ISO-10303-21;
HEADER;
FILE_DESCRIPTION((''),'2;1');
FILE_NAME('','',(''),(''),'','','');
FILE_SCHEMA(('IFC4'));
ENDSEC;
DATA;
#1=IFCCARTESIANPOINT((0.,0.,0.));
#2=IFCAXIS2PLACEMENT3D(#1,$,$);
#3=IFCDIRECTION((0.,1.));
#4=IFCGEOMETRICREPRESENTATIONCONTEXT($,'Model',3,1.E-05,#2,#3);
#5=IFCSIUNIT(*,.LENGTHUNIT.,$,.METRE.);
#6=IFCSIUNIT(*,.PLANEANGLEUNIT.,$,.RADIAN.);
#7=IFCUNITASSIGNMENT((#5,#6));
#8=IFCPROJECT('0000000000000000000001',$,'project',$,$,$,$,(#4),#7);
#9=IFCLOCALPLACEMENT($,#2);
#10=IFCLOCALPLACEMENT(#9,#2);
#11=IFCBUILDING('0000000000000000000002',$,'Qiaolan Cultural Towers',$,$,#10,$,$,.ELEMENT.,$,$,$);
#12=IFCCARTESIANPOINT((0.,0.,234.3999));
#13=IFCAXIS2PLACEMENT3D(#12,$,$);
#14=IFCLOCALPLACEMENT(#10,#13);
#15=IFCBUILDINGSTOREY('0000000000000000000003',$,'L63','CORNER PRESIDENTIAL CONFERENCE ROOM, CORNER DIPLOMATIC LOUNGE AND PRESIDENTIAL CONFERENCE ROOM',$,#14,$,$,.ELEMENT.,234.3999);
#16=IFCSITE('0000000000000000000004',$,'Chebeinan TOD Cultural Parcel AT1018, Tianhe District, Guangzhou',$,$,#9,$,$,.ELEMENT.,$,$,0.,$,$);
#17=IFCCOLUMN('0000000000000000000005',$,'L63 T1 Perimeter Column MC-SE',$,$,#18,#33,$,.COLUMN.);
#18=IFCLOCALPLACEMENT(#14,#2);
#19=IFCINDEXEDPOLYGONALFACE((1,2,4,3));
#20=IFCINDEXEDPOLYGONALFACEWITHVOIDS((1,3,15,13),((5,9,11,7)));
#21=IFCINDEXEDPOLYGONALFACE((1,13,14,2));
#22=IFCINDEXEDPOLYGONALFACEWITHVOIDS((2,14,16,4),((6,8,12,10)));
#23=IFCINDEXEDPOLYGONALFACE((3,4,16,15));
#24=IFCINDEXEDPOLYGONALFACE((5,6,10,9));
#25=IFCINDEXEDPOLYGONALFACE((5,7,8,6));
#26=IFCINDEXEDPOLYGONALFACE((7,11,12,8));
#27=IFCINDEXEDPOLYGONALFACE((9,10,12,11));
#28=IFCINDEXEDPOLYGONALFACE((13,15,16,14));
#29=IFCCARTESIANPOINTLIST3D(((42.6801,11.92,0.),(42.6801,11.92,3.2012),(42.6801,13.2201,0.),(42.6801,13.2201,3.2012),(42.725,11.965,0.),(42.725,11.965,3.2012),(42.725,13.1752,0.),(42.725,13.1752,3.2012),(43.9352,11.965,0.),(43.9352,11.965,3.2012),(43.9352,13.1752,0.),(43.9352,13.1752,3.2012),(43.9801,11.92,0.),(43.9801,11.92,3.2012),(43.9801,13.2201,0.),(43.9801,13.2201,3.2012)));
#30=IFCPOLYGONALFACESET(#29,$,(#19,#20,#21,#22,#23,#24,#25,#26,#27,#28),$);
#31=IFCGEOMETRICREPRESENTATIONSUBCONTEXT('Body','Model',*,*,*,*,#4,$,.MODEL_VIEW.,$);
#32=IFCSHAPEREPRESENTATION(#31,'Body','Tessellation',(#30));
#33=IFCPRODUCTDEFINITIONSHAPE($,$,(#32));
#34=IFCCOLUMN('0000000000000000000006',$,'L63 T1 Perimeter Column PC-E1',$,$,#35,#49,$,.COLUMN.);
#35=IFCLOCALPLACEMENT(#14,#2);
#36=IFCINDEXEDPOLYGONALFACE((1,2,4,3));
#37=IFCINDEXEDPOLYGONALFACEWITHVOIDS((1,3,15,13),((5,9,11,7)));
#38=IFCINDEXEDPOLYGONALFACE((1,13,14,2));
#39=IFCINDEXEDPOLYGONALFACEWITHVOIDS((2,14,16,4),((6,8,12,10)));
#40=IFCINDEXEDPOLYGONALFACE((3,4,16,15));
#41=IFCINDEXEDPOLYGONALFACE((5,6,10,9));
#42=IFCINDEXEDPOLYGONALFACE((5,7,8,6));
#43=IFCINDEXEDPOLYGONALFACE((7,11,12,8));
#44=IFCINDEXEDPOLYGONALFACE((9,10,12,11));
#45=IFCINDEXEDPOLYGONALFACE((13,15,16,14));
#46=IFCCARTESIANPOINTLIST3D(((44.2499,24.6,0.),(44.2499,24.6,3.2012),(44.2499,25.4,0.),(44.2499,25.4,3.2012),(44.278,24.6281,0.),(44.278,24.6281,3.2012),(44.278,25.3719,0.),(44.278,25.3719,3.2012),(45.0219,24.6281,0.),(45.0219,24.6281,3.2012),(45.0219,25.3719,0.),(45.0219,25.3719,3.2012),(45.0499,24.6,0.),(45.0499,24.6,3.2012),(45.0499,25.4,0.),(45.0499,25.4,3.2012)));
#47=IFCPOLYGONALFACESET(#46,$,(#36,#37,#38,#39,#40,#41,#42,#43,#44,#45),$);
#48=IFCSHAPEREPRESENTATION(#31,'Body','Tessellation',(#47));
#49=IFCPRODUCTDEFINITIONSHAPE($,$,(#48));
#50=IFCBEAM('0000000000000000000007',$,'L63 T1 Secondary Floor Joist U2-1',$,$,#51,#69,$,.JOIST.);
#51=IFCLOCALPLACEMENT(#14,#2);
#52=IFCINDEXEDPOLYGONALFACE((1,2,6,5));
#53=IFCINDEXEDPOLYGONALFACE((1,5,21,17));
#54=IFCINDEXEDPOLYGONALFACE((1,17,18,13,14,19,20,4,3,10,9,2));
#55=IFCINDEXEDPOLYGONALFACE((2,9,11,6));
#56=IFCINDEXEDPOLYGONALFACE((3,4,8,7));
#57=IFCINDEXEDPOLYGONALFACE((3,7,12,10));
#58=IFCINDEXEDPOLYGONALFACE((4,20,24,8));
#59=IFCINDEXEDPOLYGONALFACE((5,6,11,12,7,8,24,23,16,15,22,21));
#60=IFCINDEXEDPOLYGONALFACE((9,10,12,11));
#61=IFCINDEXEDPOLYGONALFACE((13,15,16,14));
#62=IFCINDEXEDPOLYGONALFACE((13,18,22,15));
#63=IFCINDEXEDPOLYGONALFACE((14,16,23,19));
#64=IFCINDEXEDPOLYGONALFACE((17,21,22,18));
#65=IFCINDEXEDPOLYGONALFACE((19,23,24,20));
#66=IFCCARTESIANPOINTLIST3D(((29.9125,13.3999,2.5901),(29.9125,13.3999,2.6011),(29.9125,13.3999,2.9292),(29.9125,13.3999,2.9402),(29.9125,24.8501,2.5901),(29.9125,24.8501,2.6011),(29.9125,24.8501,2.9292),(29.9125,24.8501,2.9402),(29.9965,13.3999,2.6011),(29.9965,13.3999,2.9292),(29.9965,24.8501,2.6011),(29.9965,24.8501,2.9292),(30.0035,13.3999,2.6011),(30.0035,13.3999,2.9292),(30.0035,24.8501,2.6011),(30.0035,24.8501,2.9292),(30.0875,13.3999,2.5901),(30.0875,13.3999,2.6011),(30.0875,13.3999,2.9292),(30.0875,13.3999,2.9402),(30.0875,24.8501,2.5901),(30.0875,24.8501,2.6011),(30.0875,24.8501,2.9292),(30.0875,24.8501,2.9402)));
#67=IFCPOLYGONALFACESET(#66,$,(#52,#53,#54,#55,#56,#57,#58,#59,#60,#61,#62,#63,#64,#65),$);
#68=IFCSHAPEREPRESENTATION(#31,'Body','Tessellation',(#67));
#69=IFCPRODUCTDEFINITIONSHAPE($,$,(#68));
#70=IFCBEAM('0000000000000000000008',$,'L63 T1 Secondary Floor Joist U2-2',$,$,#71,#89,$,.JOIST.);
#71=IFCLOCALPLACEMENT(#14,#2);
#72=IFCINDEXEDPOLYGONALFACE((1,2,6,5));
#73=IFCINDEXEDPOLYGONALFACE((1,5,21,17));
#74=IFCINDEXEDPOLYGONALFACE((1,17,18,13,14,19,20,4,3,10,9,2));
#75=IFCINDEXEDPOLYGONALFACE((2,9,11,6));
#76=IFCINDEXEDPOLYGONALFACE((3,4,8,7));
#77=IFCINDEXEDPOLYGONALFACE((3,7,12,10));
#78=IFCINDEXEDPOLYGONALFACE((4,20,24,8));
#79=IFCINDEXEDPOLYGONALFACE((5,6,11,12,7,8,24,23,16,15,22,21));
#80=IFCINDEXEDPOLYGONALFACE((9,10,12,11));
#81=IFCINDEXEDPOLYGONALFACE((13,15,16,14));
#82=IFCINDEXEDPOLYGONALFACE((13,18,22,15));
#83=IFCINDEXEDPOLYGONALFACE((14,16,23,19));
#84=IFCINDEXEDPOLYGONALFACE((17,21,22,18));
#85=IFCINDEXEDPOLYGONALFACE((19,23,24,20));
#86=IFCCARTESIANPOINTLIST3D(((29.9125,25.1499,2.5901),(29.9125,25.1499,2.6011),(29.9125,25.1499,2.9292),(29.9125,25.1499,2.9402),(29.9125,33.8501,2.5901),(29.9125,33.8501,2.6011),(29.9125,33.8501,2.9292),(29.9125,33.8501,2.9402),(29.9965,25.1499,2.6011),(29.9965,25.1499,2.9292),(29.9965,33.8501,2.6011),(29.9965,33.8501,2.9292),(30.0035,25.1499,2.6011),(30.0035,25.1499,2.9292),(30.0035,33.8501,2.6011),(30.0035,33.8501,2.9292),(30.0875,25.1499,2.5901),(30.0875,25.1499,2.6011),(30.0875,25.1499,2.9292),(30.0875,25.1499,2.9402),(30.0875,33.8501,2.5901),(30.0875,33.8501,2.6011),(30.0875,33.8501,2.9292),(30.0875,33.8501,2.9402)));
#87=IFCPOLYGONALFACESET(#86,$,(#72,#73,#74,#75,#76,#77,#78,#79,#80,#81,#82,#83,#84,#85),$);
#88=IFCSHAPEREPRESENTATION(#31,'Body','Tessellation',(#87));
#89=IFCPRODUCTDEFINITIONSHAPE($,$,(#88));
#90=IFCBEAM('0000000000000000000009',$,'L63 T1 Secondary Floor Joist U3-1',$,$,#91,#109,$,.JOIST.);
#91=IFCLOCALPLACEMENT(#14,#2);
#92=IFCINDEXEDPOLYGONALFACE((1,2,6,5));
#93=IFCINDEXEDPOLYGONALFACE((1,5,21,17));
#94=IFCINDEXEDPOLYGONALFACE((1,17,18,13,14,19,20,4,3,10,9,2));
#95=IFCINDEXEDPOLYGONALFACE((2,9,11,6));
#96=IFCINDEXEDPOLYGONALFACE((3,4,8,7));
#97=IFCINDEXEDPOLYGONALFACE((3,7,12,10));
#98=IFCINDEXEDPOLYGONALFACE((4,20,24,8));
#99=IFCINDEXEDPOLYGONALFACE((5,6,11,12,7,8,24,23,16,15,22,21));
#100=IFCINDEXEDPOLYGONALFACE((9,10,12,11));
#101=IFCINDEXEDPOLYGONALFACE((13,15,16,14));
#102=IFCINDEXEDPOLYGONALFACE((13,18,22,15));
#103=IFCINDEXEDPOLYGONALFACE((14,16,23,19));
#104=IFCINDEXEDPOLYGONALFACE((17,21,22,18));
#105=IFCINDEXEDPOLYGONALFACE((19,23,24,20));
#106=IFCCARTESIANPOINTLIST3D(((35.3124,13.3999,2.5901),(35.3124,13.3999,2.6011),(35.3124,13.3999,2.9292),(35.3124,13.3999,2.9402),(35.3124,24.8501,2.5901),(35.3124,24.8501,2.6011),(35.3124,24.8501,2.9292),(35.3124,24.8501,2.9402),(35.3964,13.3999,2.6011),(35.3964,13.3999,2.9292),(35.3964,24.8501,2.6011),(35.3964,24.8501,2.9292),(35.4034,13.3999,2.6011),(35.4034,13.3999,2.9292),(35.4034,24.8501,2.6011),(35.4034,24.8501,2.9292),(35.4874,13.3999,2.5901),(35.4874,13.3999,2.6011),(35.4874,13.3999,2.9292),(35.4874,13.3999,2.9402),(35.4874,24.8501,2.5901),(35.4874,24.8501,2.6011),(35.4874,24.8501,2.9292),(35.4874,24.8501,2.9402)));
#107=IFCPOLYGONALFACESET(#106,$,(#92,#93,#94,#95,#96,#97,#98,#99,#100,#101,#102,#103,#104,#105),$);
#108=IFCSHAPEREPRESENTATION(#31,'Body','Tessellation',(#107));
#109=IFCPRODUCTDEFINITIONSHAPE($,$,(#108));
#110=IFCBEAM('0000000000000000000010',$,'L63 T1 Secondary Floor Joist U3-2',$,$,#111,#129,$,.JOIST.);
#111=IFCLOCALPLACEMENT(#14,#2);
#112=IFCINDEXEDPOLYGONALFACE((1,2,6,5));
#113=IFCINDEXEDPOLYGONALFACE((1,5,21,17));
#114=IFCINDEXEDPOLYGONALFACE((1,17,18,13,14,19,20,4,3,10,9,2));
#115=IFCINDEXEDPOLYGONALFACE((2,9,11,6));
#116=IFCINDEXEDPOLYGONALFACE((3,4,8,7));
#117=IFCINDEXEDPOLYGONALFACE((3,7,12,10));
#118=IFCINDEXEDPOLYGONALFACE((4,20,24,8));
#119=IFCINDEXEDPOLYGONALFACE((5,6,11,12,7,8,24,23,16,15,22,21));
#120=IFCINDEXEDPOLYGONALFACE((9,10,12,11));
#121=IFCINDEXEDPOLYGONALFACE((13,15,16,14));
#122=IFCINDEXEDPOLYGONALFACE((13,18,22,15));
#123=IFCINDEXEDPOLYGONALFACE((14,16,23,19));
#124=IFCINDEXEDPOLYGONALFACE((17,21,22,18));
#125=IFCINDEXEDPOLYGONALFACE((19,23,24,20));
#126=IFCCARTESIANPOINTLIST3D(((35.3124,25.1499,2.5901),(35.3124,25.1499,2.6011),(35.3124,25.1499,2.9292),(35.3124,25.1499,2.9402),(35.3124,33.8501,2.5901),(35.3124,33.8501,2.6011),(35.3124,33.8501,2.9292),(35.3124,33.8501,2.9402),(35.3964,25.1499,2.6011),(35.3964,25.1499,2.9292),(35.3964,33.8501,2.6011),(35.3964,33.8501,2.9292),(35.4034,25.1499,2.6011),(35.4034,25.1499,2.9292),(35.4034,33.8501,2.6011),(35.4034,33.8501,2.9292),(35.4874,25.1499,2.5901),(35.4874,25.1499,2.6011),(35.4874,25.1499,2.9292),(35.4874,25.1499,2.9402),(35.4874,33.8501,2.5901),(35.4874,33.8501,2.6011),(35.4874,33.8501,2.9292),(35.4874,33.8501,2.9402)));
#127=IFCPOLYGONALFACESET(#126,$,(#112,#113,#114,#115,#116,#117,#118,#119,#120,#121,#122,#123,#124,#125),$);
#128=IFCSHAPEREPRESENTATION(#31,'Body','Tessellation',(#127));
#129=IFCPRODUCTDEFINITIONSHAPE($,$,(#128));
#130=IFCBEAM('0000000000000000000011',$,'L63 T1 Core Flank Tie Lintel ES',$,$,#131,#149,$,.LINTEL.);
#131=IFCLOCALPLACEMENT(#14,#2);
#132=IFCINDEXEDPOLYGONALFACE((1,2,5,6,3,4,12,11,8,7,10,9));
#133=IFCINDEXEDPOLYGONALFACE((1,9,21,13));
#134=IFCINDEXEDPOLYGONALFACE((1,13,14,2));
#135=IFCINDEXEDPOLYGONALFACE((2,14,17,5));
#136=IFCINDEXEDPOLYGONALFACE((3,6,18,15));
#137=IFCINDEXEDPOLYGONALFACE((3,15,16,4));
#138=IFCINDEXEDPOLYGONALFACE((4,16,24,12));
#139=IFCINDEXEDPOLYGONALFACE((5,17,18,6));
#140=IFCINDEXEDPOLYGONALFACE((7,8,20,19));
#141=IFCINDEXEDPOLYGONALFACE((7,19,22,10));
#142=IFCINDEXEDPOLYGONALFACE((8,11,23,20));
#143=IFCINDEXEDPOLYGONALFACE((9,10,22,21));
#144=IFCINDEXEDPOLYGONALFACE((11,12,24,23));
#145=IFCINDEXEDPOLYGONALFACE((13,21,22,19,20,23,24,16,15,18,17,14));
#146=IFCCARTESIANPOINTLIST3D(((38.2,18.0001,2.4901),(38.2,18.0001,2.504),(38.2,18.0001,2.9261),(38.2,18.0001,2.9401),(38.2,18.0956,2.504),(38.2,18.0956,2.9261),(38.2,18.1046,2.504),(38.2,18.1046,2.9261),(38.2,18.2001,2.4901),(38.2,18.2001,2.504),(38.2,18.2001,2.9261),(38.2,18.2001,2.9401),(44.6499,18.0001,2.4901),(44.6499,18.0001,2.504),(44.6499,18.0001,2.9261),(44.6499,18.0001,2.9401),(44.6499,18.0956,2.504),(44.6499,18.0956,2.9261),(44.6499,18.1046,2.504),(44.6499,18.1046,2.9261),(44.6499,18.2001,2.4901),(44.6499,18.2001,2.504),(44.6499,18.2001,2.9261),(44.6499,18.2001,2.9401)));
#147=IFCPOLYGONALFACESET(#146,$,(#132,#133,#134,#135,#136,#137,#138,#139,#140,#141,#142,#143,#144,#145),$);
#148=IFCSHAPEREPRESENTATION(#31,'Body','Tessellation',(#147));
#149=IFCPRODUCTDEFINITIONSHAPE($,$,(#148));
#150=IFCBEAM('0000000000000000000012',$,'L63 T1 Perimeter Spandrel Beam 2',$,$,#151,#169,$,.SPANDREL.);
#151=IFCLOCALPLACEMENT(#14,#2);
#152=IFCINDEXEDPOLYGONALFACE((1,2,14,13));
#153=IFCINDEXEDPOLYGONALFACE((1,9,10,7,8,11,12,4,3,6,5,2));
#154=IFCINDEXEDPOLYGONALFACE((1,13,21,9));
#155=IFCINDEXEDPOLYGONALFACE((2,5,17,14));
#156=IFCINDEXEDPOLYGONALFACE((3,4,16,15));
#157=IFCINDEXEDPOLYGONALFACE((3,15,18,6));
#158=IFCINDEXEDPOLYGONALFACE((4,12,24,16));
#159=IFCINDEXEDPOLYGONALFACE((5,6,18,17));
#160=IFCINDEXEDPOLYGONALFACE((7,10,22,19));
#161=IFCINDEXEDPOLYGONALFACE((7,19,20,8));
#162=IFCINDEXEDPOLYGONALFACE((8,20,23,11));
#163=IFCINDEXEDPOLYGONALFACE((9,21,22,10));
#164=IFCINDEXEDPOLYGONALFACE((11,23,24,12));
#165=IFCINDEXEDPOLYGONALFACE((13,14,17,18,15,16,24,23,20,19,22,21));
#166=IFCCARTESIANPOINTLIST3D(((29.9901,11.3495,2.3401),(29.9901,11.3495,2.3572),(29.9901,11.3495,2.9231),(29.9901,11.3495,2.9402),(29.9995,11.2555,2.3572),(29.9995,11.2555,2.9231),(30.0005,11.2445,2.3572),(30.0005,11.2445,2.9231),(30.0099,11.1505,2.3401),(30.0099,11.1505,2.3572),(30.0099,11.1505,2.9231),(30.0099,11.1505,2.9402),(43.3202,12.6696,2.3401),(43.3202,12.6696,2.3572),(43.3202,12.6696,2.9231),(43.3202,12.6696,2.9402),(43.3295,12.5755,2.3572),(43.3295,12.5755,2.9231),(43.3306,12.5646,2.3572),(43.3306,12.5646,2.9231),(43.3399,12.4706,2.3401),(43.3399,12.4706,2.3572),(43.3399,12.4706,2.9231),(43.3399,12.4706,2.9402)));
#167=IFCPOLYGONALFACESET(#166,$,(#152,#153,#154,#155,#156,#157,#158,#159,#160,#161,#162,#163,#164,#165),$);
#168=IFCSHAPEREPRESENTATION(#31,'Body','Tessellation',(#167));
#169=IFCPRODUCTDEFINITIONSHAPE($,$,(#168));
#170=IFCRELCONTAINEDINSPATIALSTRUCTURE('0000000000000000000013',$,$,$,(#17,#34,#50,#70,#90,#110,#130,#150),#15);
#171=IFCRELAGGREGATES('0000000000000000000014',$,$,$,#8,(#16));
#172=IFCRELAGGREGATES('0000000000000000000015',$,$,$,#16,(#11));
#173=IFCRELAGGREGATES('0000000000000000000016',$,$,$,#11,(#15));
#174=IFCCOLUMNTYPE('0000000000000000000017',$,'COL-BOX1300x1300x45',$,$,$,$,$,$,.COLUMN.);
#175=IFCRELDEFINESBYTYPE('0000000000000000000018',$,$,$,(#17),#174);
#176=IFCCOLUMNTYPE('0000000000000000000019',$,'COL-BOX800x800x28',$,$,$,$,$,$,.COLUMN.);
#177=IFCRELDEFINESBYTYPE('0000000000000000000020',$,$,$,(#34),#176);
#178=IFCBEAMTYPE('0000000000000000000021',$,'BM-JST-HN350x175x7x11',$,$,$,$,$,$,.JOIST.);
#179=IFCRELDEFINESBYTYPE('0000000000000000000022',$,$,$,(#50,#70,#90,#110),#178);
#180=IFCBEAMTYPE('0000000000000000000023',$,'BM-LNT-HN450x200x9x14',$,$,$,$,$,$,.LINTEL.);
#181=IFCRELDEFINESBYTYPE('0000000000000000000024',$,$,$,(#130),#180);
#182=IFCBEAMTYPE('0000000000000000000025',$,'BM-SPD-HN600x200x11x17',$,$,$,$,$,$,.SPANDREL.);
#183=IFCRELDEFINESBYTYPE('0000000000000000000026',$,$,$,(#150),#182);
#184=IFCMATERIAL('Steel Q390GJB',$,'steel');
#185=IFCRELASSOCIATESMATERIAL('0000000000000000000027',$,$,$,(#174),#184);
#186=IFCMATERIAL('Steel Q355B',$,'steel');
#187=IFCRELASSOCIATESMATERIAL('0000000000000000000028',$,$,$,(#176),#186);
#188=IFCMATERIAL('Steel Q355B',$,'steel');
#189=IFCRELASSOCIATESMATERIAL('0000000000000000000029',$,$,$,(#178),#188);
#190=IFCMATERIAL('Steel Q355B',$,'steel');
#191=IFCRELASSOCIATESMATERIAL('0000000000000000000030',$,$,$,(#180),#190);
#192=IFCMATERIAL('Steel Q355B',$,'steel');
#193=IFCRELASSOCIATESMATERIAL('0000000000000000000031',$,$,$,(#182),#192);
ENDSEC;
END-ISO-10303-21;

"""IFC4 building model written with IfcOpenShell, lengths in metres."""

from ifc_helpers import new_model, si_unit, direction, frame, origin, origin_2d, place, context, subcontext, project, spatial, hollow_rectangle, i_section, extrude, material, material_profile, profile_set, type_object, element, save


model = new_model("IFC4")

# Units and contexts
model_context = context("Model", 3, precision=1e-05, world=origin(), true_north=direction((0.0, 1.0)))
body_context = subcontext(model_context, "Body", "Model", "MODEL_VIEW")
ifc_project = project(units=[si_unit("LENGTHUNIT", "METRE"), si_unit("PLANEANGLEUNIT", "RADIAN")], contexts=[model_context])

# Site, building, storey
site_placement = place(None, origin())
site = spatial("IfcSite", under=ifc_project, at=site_placement, Name="Chebeinan TOD Cultural Parcel AT1018, Tianhe District, Guangzhou", CompositionType="ELEMENT", RefElevation=0.0)
building_placement = place(site_placement, origin())
building = spatial("IfcBuilding", under=site, at=building_placement, Name="Qiaolan Cultural Towers", CompositionType="ELEMENT")
storey_placement = place(building_placement, frame((0.0, 0.0, 234.3999)))
storey = spatial("IfcBuildingStorey", under=building, at=storey_placement, Name="L63", Description="CORNER PRESIDENTIAL CONFERENCE ROOM, CORNER DIPLOMATIC LOUNGE AND PRESIDENTIAL CONFERENCE ROOM", CompositionType="ELEMENT", Elevation=234.3999)

# Columns
ifc_material_1 = material(Name="Steel Q390GJB", Category="steel")
ifc_material_profile_1 = material_profile(ifc_material_1, hollow_rectangle(XDim=1.3, YDim=1.3, WallThickness=0.0449, at=origin_2d()), Name="BOX1300x1300x45")
ifc_profile_set_1 = profile_set([ifc_material_profile_1], Name="Steel Q390GJB")
column_type_1 = type_object("IfcColumnType", Name="COL-BOX1300x1300x45", PredefinedType="COLUMN", material=ifc_profile_set_1)
column_1_placement = place(storey_placement, frame((43.3301, 12.5701, 0.0), z_axis=(0.0, 0.0, 1.0), x_axis=(1.0, 0.0, 0.0)))
element("IfcColumn", 1, at=column_1_placement, inside=storey, type_object=column_type_1, Name="L63 T1 Perimeter Column MC-SE", PredefinedType="COLUMN", context=body_context, shape_type="SweptSolid", body=[
    extrude(hollow_rectangle(XDim=1.3, YDim=1.3, WallThickness=0.0449, at=origin_2d()), origin(), (0.0, 0.0, 1.0), 3.2012),
])
ifc_material_2 = material(Name="Steel Q355B", Category="steel")
ifc_material_profile_2 = material_profile(ifc_material_2, hollow_rectangle(XDim=0.8, YDim=0.8, WallThickness=0.0281, at=origin_2d()), Name="BOX800x800x28")
ifc_profile_set_2 = profile_set([ifc_material_profile_2], Name="Steel Q355B")
column_type_2 = type_object("IfcColumnType", Name="COL-BOX800x800x28", PredefinedType="COLUMN", material=ifc_profile_set_2)
column_2_placement = place(storey_placement, frame((44.6499, 25.0, 0.0), z_axis=(0.0, 0.0, 1.0), x_axis=(1.0, 0.0, 0.0)))
element("IfcColumn", 2, at=column_2_placement, inside=storey, type_object=column_type_2, Name="L63 T1 Perimeter Column PC-E1", PredefinedType="COLUMN", context=body_context, shape_type="SweptSolid", body=[
    extrude(hollow_rectangle(XDim=0.8, YDim=0.8, WallThickness=0.0281, at=origin_2d()), origin(), (0.0, 0.0, 1.0), 3.2012),
])

# Beams
ifc_material_3 = material(Name="Steel Q355B", Category="steel")
ifc_material_profile_3 = material_profile(ifc_material_3, i_section(OverallWidth=0.175, OverallDepth=0.3501, WebThickness=0.0071, FlangeThickness=0.011, at=origin_2d()), Name="HN350x175x7x11")
ifc_profile_set_3 = profile_set([ifc_material_profile_3], Name="Steel Q355B")
beam_type_1 = type_object("IfcBeamType", Name="BM-JST-HN350x175x7x11", PredefinedType="JOIST", material=ifc_profile_set_3)
beam_1_placement = place(storey_placement, frame((30.0, 13.3999, 2.7651), z_axis=(0.0, 1.0, 0.0), x_axis=(-1.0, 0.0, 0.0)))
element("IfcBeam", 3, at=beam_1_placement, inside=storey, type_object=beam_type_1, Name="L63 T1 Secondary Floor Joist U2-1", PredefinedType="JOIST", context=body_context, shape_type="SweptSolid", body=[
    extrude(i_section(OverallWidth=0.175, OverallDepth=0.3501, WebThickness=0.0071, FlangeThickness=0.011, at=origin_2d()), origin(), (0.0, 0.0, 1.0), 11.4502),
])
beam_2_placement = place(storey_placement, frame((30.0, 25.1499, 2.7651), z_axis=(0.0, 1.0, 0.0), x_axis=(-1.0, 0.0, 0.0)))
element("IfcBeam", 4, at=beam_2_placement, inside=storey, type_object=beam_type_1, Name="L63 T1 Secondary Floor Joist U2-2", PredefinedType="JOIST", context=body_context, shape_type="SweptSolid", body=[
    extrude(i_section(OverallWidth=0.175, OverallDepth=0.3501, WebThickness=0.0071, FlangeThickness=0.011, at=origin_2d()), origin(), (0.0, 0.0, 1.0), 8.7002),
])
beam_3_placement = place(storey_placement, frame((35.3999, 13.3999, 2.7651), z_axis=(0.0, 1.0, 0.0), x_axis=(-1.0, 0.0, 0.0)))
element("IfcBeam", 5, at=beam_3_placement, inside=storey, type_object=beam_type_1, Name="L63 T1 Secondary Floor Joist U3-1", PredefinedType="JOIST", context=body_context, shape_type="SweptSolid", body=[
    extrude(i_section(OverallWidth=0.175, OverallDepth=0.3501, WebThickness=0.0071, FlangeThickness=0.011, at=origin_2d()), origin(), (0.0, 0.0, 1.0), 11.4502),
])
beam_4_placement = place(storey_placement, frame((35.3999, 25.1499, 2.7651), z_axis=(0.0, 1.0, 0.0), x_axis=(-1.0, 0.0, 0.0)))
element("IfcBeam", 6, at=beam_4_placement, inside=storey, type_object=beam_type_1, Name="L63 T1 Secondary Floor Joist U3-2", PredefinedType="JOIST", context=body_context, shape_type="SweptSolid", body=[
    extrude(i_section(OverallWidth=0.175, OverallDepth=0.3501, WebThickness=0.0071, FlangeThickness=0.011, at=origin_2d()), origin(), (0.0, 0.0, 1.0), 8.7002),
])
ifc_material_4 = material(Name="Steel Q355B", Category="steel")
ifc_material_profile_4 = material_profile(ifc_material_4, i_section(OverallWidth=0.2, OverallDepth=0.45, WebThickness=0.009, FlangeThickness=0.0139, at=origin_2d()), Name="HN450x200x9x14")
ifc_profile_set_4 = profile_set([ifc_material_profile_4], Name="Steel Q355B")
beam_type_2 = type_object("IfcBeamType", Name="BM-LNT-HN450x200x9x14", PredefinedType="LINTEL", material=ifc_profile_set_4)
beam_5_placement = place(storey_placement, frame((38.2, 18.1001, 2.7151), z_axis=(1.0, 0.0, 0.0), x_axis=(0.0, 1.0, 0.0)))
element("IfcBeam", 7, at=beam_5_placement, inside=storey, type_object=beam_type_2, Name="L63 T1 Core Flank Tie Lintel ES", PredefinedType="LINTEL", context=body_context, shape_type="SweptSolid", body=[
    extrude(i_section(OverallWidth=0.2, OverallDepth=0.45, WebThickness=0.009, FlangeThickness=0.0139, at=origin_2d()), origin(), (0.0, 0.0, 1.0), 6.45),
])
ifc_material_5 = material(Name="Steel Q355B", Category="steel")
ifc_material_profile_5 = material_profile(ifc_material_5, i_section(OverallWidth=0.2, OverallDepth=0.6001, WebThickness=0.011, FlangeThickness=0.0171, at=origin_2d()), Name="HN600x200x11x17")
ifc_profile_set_5 = profile_set([ifc_material_profile_5], Name="Steel Q355B")
beam_type_3 = type_object("IfcBeamType", Name="BM-SPD-HN600x200x11x17", PredefinedType="SPANDREL", material=ifc_profile_set_5)
beam_6_placement = place(storey_placement, frame((30.0, 11.25, 2.6401), z_axis=(0.995132, 0.098547, 0.0), x_axis=(-0.098547, 0.995132, 0.0)))
element("IfcBeam", 8, at=beam_6_placement, inside=storey, type_object=beam_type_3, Name="L63 T1 Perimeter Spandrel Beam 2", PredefinedType="SPANDREL", context=body_context, shape_type="SweptSolid", body=[
    extrude(i_section(OverallWidth=0.2, OverallDepth=0.6001, WebThickness=0.011, FlangeThickness=0.0171, at=origin_2d()), origin(), (0.0, 0.0, 1.0), 13.3953),
])

save(model, "model.ifc")
